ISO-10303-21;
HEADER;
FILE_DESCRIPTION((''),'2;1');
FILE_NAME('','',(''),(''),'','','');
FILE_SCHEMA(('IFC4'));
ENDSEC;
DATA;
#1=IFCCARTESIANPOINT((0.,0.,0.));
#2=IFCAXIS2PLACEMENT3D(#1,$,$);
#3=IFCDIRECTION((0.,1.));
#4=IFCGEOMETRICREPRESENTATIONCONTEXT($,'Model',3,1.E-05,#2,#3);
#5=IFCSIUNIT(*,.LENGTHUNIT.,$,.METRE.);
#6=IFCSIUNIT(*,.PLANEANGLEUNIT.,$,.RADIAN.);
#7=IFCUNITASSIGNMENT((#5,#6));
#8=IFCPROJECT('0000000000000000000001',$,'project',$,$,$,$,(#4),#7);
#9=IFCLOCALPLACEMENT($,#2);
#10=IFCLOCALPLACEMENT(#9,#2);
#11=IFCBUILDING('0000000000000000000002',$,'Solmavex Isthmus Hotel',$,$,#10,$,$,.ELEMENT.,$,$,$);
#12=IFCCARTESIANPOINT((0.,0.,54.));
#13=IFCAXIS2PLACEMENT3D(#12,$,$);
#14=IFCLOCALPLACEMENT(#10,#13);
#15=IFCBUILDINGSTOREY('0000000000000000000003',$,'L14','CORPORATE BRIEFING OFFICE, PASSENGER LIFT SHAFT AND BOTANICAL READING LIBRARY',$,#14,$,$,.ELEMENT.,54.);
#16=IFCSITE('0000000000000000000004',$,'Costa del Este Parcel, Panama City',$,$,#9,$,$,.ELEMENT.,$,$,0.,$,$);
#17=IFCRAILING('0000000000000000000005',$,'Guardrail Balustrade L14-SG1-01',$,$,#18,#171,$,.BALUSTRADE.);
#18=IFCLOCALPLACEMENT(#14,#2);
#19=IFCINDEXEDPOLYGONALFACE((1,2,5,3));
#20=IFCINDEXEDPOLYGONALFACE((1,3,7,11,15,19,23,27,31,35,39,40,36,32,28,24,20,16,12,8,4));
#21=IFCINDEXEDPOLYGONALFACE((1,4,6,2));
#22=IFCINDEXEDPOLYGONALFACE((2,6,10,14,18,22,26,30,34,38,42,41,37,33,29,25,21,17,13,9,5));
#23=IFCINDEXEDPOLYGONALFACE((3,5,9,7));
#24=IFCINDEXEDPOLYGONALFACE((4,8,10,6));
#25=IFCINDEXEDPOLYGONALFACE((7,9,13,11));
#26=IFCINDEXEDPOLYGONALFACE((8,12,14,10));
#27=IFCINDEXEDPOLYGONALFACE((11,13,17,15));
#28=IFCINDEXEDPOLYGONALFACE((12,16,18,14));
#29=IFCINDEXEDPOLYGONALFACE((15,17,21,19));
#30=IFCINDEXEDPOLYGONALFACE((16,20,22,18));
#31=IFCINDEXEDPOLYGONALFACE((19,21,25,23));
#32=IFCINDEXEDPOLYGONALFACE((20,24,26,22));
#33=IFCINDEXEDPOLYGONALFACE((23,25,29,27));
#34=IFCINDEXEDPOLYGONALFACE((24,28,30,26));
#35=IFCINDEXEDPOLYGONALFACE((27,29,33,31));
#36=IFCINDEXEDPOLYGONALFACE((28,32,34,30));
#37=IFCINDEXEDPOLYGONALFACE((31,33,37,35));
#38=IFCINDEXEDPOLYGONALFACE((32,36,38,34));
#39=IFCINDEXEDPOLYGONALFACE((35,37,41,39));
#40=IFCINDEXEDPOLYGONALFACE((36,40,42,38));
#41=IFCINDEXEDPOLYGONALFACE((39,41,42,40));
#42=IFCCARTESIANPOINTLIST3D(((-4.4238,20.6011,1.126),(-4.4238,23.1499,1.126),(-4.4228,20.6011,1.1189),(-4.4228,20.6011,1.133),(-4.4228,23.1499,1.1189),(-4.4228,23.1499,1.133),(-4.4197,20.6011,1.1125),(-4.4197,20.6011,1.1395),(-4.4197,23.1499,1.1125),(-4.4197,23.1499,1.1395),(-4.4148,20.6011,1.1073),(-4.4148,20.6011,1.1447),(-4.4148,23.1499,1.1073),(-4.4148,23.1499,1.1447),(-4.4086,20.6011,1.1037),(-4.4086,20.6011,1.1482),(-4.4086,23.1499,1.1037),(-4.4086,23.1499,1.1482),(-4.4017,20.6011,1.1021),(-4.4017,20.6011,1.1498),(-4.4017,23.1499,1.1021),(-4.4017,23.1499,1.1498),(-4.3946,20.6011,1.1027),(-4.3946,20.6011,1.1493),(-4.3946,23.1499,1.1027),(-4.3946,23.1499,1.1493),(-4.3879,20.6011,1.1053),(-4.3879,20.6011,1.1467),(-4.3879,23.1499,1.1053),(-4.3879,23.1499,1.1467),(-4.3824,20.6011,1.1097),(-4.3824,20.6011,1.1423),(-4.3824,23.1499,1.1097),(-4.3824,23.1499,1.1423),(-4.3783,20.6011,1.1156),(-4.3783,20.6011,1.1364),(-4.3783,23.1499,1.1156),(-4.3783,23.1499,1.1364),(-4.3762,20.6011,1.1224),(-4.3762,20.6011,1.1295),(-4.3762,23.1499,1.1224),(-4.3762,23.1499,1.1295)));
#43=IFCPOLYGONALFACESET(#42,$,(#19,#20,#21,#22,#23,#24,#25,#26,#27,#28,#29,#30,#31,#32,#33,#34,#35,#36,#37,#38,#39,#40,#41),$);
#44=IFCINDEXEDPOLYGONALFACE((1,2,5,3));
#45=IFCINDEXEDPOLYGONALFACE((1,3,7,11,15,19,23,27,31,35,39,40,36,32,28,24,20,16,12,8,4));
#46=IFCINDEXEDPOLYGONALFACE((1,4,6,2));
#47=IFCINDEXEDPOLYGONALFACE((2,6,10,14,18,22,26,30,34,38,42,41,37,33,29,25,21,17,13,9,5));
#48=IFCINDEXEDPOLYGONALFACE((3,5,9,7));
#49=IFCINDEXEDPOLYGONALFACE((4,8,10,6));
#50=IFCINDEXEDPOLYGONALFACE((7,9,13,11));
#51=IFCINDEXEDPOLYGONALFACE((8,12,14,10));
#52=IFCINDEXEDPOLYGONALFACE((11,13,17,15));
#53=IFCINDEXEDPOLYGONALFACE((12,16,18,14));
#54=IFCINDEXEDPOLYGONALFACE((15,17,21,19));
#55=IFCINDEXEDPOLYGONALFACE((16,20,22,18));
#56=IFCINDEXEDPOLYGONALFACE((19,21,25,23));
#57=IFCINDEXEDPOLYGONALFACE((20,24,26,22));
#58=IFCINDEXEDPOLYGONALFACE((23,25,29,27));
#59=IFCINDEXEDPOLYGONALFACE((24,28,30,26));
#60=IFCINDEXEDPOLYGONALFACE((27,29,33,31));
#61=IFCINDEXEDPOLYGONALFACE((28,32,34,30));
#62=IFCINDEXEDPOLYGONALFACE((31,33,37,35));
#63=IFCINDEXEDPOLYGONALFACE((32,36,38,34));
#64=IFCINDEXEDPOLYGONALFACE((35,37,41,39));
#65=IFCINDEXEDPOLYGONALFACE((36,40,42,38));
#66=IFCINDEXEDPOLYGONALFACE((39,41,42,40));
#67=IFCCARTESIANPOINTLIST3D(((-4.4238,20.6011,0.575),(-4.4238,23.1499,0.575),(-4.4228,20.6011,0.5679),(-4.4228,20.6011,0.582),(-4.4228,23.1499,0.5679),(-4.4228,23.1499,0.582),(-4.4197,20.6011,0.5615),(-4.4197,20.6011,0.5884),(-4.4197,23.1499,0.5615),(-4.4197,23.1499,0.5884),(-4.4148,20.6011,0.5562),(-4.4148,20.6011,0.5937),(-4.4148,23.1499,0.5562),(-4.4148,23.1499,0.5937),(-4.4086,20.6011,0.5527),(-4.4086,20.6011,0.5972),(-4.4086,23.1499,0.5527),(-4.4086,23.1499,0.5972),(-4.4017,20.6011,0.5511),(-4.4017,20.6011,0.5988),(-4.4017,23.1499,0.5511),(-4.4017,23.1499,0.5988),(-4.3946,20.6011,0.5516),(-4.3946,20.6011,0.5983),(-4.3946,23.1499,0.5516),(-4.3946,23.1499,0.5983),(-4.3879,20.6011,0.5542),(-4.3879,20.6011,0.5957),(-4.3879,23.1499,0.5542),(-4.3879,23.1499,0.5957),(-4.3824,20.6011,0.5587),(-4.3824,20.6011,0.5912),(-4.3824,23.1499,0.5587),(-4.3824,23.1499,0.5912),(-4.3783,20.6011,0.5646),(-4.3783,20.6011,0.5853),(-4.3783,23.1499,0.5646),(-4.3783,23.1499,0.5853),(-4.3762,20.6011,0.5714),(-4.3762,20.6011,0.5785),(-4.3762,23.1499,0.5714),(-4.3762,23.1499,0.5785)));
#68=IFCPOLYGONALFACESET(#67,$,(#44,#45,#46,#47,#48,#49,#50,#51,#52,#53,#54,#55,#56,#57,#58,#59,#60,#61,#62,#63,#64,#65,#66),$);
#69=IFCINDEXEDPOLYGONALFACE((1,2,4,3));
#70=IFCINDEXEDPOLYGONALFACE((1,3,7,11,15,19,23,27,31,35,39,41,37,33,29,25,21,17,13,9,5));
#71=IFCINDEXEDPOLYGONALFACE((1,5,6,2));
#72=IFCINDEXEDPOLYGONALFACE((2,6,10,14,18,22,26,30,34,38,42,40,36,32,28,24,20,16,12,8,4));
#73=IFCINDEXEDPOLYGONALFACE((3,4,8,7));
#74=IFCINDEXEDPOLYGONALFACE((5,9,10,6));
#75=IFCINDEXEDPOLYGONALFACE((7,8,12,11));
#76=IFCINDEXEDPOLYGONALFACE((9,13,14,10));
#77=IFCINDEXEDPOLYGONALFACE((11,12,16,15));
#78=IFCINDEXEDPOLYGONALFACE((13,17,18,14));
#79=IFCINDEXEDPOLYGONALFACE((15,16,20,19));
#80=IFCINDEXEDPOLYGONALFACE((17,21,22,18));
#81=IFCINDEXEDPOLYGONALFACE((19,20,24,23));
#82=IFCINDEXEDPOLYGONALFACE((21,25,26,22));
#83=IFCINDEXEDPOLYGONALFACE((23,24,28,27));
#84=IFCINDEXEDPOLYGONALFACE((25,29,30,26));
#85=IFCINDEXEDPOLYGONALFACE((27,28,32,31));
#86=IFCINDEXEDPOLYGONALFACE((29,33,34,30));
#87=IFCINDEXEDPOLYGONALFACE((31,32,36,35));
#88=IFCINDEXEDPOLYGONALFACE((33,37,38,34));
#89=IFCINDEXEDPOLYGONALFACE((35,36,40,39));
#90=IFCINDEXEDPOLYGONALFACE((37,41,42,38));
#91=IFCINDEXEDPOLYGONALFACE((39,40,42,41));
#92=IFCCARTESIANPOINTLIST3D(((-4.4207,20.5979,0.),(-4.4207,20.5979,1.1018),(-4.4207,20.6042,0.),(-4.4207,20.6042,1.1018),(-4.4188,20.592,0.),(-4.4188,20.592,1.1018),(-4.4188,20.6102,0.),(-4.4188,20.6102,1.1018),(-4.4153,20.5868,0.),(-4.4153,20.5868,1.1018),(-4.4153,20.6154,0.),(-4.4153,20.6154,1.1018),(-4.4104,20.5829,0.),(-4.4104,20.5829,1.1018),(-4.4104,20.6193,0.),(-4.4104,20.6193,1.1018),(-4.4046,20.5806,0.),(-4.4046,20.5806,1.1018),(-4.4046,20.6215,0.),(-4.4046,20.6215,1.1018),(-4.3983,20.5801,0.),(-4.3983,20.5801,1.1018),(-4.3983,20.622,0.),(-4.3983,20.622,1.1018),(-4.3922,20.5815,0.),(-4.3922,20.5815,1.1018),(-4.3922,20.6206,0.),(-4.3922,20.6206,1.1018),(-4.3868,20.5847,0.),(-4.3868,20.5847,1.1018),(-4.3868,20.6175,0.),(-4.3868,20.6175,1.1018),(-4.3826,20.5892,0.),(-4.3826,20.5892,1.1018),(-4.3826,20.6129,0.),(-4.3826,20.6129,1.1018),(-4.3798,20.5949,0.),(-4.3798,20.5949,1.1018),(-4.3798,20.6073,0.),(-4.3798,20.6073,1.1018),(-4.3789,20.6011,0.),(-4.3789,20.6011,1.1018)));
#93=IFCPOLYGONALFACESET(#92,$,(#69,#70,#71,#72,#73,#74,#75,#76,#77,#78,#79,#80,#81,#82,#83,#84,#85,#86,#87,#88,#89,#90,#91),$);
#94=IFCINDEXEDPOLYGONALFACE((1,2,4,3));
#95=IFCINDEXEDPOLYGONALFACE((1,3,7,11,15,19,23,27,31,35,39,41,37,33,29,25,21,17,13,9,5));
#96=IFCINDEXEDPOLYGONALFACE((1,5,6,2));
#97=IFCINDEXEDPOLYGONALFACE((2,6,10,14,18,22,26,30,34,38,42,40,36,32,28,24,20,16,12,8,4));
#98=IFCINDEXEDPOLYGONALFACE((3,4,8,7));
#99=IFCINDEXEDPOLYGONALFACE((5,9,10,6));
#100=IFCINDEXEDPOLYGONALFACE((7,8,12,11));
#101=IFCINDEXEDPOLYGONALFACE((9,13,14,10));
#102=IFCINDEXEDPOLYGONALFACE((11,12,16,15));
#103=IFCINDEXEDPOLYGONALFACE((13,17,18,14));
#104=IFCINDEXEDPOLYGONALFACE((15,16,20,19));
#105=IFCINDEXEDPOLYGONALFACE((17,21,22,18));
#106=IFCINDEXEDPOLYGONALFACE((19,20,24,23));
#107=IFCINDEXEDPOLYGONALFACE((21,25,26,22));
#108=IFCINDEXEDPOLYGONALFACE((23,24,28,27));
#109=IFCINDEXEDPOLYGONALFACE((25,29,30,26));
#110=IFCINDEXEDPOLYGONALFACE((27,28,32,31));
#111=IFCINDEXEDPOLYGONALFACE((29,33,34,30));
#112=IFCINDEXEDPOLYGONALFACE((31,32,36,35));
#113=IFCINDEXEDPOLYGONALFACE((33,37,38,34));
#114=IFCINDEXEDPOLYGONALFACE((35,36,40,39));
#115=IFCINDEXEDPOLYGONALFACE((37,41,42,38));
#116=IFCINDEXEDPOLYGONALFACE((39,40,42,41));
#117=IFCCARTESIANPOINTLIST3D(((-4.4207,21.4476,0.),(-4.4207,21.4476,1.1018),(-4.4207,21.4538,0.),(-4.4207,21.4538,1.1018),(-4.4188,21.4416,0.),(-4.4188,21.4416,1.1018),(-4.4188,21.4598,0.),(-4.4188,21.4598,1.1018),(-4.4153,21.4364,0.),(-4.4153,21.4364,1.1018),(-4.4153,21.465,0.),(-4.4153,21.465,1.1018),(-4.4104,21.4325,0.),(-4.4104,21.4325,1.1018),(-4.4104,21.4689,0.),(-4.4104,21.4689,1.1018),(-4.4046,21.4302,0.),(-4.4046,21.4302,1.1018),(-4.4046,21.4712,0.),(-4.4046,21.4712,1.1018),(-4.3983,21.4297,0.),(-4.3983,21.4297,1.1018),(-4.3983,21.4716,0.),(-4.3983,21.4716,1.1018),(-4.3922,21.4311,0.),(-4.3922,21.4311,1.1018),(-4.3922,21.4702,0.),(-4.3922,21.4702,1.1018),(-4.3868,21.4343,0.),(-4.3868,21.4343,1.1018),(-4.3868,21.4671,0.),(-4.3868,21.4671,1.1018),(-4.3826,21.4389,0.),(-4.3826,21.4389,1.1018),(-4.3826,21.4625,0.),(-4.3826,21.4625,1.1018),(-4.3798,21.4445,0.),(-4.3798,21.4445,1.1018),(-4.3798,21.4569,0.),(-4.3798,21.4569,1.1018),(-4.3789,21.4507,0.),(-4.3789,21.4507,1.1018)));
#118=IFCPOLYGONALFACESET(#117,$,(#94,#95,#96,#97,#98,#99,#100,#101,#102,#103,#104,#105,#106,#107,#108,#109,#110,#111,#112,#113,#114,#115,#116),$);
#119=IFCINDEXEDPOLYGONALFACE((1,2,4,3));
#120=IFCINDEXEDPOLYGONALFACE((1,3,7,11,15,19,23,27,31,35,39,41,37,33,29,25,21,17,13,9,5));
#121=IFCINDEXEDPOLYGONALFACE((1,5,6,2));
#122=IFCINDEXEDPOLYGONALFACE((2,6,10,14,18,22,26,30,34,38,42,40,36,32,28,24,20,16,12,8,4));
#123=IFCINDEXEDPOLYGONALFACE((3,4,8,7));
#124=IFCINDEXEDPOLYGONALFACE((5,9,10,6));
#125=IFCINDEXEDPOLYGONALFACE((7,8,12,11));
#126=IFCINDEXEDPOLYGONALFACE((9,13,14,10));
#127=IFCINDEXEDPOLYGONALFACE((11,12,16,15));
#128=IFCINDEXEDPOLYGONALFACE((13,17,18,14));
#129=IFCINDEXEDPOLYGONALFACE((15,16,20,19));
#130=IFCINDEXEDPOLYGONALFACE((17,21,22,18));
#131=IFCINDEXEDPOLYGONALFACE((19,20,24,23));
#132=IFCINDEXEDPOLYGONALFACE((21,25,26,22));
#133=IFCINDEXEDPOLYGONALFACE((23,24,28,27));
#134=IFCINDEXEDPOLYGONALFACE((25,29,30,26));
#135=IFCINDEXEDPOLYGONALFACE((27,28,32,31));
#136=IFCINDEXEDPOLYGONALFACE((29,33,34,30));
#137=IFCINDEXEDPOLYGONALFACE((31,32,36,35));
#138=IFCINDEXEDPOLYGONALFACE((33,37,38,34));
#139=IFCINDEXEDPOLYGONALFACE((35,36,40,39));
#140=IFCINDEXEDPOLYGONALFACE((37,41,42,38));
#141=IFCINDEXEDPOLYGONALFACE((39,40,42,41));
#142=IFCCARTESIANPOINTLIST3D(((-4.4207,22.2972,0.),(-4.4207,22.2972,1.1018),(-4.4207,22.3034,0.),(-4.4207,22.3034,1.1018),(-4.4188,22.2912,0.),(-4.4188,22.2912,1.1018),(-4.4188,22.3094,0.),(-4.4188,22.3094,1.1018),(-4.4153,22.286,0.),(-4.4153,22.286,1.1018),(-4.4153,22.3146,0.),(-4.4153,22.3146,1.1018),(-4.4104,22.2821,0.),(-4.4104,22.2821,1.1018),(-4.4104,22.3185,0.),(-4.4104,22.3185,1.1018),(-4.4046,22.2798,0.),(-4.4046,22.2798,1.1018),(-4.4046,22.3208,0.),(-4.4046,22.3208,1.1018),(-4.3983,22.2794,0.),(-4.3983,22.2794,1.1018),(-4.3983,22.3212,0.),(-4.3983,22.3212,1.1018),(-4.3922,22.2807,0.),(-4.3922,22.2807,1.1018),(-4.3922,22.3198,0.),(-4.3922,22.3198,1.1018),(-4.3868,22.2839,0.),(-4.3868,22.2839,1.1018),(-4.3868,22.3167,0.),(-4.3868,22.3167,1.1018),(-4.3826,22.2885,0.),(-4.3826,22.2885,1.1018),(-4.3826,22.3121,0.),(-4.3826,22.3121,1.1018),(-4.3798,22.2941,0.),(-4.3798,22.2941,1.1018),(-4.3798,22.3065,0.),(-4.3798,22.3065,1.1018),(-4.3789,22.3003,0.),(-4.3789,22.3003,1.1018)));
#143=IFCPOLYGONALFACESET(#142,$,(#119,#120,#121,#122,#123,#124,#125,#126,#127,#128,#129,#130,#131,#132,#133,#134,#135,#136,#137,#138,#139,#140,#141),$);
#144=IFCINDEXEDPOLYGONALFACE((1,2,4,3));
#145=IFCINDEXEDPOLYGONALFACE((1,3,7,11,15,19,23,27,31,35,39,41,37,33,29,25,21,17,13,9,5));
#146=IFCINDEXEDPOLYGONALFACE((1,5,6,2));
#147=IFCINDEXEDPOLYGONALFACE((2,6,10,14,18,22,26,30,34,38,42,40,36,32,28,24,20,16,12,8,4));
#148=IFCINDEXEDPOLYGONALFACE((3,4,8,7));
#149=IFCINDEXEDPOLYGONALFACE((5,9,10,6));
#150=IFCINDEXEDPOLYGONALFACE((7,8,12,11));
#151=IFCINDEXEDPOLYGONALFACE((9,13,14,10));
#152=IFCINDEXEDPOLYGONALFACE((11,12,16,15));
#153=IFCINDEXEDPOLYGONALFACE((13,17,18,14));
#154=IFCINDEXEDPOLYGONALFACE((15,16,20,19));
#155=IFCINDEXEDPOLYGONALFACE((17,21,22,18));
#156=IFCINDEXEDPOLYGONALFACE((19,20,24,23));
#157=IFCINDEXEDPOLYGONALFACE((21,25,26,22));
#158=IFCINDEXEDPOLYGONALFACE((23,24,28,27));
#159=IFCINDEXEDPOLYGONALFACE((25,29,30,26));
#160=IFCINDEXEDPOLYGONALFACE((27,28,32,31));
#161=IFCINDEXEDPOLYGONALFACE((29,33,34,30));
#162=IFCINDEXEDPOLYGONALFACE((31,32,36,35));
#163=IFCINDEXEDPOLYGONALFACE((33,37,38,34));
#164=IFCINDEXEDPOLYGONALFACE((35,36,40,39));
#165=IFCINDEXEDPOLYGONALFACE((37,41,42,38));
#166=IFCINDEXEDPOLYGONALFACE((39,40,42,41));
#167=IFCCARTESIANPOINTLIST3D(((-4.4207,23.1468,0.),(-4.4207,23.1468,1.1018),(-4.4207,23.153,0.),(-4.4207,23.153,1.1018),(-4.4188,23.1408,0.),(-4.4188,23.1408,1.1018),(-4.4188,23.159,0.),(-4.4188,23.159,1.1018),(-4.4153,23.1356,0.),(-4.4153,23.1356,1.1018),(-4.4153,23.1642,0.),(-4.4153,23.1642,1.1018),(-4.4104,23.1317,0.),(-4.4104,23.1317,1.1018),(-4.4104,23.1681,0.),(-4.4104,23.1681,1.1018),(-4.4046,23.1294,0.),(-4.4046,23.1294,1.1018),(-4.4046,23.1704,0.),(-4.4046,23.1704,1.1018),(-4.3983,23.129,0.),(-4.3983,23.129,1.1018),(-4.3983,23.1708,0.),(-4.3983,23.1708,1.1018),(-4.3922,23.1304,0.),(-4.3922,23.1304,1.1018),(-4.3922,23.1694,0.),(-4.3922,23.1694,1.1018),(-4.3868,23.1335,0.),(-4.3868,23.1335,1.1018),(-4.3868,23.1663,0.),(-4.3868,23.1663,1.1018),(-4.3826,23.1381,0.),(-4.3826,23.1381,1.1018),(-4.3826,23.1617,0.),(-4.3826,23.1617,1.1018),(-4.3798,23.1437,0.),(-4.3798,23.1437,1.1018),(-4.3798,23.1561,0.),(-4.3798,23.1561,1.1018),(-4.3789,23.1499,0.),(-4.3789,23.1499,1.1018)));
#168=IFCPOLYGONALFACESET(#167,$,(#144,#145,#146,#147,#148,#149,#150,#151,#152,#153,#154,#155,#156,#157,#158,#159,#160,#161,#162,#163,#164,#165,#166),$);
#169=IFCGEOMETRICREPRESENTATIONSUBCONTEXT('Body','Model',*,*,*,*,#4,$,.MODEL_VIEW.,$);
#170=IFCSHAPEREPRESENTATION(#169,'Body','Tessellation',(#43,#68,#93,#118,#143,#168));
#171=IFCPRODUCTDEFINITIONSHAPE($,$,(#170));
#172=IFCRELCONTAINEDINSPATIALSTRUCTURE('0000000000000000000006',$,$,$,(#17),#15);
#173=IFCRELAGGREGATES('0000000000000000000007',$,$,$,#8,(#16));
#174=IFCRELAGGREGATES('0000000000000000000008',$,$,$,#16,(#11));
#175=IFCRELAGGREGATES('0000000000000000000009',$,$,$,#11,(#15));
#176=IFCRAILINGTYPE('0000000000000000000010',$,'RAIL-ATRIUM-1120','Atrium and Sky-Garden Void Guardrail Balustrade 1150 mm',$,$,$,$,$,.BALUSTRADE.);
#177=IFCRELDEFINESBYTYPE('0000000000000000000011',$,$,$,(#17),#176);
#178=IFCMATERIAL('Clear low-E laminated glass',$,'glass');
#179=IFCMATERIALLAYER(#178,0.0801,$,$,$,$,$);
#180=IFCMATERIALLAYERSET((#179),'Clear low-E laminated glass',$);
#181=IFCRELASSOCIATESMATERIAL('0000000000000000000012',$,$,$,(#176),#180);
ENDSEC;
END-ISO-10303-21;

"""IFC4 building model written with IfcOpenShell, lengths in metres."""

from ifc_helpers import new_model, si_unit, direction, frame, origin, origin_2d, place, context, subcontext, project, spatial, circle, extrude, material, layer, layer_set, type_object, element, save


model = new_model("IFC4")

# Units and contexts
model_context = context("Model", 3, precision=1e-05, world=origin(), true_north=direction((0.0, 1.0)))
body_context = subcontext(model_context, "Body", "Model", "MODEL_VIEW")
ifc_project = project(units=[si_unit("LENGTHUNIT", "METRE"), si_unit("PLANEANGLEUNIT", "RADIAN")], contexts=[model_context])

# Site, building, storey
site_placement = place(None, origin())
site = spatial("IfcSite", under=ifc_project, at=site_placement, Name="Costa del Este Parcel, Panama City", CompositionType="ELEMENT", RefElevation=0.0)
building_placement = place(site_placement, origin())
building = spatial("IfcBuilding", under=site, at=building_placement, Name="Solmavex Isthmus Hotel", CompositionType="ELEMENT")
storey_placement = place(building_placement, frame((0.0, 0.0, 54.0)))
storey = spatial("IfcBuildingStorey", under=building, at=storey_placement, Name="L14", Description="CORPORATE BRIEFING OFFICE, PASSENGER LIFT SHAFT AND BOTANICAL READING LIBRARY", CompositionType="ELEMENT", Elevation=54.0)

# Shared definitions
ifc_material_1 = material(Name="Clear low-E laminated glass", Category="glass")

# Railing
ifc_layer_1 = layer(ifc_material_1, 0.0801)
ifc_layer_set_1 = layer_set([ifc_layer_1], Name="Clear low-E laminated glass")
railing_type_1 = type_object("IfcRailingType", Name="RAIL-ATRIUM-1120", Description="Atrium and Sky-Garden Void Guardrail Balustrade 1150 mm", PredefinedType="BALUSTRADE", material=ifc_layer_set_1)
railing_1_placement = place(storey_placement, frame((-4.3999, 20.6011, 0.0)))
element("IfcRailing", 1, at=railing_1_placement, inside=storey, type_object=railing_type_1, Name="Guardrail Balustrade L14-SG1-01", PredefinedType="BALUSTRADE", context=body_context, shape_type="SweptSolid", body=[
    extrude(circle(Radius=0.0239, at=origin_2d()), frame((0.0, 0.0, 1.126), z_axis=(0.0, 1.0, 0.0), x_axis=(-1.0, 0.0, 0.0)), (0.0, 0.0, 1.0), 2.5488),
    extrude(circle(Radius=0.0239, at=origin_2d()), frame((0.0, 0.0, 0.575), z_axis=(0.0, 1.0, 0.0), x_axis=(-1.0, 0.0, 0.0)), (0.0, 0.0, 1.0), 2.5488),
    extrude(circle(Radius=0.021, at=origin_2d()), origin(), (0.0, 0.0, 1.0), 1.1018),
    extrude(circle(Radius=0.021, at=origin_2d()), frame((0.0, 0.8496, 0.0)), (0.0, 0.0, 1.0), 1.1018),
    extrude(circle(Radius=0.021, at=origin_2d()), frame((0.0, 1.6992, 0.0)), (0.0, 0.0, 1.0), 1.1018),
    extrude(circle(Radius=0.021, at=origin_2d()), frame((0.0, 2.5488, 0.0)), (0.0, 0.0, 1.0), 1.1018),
])

save(model, "model.ifc")
